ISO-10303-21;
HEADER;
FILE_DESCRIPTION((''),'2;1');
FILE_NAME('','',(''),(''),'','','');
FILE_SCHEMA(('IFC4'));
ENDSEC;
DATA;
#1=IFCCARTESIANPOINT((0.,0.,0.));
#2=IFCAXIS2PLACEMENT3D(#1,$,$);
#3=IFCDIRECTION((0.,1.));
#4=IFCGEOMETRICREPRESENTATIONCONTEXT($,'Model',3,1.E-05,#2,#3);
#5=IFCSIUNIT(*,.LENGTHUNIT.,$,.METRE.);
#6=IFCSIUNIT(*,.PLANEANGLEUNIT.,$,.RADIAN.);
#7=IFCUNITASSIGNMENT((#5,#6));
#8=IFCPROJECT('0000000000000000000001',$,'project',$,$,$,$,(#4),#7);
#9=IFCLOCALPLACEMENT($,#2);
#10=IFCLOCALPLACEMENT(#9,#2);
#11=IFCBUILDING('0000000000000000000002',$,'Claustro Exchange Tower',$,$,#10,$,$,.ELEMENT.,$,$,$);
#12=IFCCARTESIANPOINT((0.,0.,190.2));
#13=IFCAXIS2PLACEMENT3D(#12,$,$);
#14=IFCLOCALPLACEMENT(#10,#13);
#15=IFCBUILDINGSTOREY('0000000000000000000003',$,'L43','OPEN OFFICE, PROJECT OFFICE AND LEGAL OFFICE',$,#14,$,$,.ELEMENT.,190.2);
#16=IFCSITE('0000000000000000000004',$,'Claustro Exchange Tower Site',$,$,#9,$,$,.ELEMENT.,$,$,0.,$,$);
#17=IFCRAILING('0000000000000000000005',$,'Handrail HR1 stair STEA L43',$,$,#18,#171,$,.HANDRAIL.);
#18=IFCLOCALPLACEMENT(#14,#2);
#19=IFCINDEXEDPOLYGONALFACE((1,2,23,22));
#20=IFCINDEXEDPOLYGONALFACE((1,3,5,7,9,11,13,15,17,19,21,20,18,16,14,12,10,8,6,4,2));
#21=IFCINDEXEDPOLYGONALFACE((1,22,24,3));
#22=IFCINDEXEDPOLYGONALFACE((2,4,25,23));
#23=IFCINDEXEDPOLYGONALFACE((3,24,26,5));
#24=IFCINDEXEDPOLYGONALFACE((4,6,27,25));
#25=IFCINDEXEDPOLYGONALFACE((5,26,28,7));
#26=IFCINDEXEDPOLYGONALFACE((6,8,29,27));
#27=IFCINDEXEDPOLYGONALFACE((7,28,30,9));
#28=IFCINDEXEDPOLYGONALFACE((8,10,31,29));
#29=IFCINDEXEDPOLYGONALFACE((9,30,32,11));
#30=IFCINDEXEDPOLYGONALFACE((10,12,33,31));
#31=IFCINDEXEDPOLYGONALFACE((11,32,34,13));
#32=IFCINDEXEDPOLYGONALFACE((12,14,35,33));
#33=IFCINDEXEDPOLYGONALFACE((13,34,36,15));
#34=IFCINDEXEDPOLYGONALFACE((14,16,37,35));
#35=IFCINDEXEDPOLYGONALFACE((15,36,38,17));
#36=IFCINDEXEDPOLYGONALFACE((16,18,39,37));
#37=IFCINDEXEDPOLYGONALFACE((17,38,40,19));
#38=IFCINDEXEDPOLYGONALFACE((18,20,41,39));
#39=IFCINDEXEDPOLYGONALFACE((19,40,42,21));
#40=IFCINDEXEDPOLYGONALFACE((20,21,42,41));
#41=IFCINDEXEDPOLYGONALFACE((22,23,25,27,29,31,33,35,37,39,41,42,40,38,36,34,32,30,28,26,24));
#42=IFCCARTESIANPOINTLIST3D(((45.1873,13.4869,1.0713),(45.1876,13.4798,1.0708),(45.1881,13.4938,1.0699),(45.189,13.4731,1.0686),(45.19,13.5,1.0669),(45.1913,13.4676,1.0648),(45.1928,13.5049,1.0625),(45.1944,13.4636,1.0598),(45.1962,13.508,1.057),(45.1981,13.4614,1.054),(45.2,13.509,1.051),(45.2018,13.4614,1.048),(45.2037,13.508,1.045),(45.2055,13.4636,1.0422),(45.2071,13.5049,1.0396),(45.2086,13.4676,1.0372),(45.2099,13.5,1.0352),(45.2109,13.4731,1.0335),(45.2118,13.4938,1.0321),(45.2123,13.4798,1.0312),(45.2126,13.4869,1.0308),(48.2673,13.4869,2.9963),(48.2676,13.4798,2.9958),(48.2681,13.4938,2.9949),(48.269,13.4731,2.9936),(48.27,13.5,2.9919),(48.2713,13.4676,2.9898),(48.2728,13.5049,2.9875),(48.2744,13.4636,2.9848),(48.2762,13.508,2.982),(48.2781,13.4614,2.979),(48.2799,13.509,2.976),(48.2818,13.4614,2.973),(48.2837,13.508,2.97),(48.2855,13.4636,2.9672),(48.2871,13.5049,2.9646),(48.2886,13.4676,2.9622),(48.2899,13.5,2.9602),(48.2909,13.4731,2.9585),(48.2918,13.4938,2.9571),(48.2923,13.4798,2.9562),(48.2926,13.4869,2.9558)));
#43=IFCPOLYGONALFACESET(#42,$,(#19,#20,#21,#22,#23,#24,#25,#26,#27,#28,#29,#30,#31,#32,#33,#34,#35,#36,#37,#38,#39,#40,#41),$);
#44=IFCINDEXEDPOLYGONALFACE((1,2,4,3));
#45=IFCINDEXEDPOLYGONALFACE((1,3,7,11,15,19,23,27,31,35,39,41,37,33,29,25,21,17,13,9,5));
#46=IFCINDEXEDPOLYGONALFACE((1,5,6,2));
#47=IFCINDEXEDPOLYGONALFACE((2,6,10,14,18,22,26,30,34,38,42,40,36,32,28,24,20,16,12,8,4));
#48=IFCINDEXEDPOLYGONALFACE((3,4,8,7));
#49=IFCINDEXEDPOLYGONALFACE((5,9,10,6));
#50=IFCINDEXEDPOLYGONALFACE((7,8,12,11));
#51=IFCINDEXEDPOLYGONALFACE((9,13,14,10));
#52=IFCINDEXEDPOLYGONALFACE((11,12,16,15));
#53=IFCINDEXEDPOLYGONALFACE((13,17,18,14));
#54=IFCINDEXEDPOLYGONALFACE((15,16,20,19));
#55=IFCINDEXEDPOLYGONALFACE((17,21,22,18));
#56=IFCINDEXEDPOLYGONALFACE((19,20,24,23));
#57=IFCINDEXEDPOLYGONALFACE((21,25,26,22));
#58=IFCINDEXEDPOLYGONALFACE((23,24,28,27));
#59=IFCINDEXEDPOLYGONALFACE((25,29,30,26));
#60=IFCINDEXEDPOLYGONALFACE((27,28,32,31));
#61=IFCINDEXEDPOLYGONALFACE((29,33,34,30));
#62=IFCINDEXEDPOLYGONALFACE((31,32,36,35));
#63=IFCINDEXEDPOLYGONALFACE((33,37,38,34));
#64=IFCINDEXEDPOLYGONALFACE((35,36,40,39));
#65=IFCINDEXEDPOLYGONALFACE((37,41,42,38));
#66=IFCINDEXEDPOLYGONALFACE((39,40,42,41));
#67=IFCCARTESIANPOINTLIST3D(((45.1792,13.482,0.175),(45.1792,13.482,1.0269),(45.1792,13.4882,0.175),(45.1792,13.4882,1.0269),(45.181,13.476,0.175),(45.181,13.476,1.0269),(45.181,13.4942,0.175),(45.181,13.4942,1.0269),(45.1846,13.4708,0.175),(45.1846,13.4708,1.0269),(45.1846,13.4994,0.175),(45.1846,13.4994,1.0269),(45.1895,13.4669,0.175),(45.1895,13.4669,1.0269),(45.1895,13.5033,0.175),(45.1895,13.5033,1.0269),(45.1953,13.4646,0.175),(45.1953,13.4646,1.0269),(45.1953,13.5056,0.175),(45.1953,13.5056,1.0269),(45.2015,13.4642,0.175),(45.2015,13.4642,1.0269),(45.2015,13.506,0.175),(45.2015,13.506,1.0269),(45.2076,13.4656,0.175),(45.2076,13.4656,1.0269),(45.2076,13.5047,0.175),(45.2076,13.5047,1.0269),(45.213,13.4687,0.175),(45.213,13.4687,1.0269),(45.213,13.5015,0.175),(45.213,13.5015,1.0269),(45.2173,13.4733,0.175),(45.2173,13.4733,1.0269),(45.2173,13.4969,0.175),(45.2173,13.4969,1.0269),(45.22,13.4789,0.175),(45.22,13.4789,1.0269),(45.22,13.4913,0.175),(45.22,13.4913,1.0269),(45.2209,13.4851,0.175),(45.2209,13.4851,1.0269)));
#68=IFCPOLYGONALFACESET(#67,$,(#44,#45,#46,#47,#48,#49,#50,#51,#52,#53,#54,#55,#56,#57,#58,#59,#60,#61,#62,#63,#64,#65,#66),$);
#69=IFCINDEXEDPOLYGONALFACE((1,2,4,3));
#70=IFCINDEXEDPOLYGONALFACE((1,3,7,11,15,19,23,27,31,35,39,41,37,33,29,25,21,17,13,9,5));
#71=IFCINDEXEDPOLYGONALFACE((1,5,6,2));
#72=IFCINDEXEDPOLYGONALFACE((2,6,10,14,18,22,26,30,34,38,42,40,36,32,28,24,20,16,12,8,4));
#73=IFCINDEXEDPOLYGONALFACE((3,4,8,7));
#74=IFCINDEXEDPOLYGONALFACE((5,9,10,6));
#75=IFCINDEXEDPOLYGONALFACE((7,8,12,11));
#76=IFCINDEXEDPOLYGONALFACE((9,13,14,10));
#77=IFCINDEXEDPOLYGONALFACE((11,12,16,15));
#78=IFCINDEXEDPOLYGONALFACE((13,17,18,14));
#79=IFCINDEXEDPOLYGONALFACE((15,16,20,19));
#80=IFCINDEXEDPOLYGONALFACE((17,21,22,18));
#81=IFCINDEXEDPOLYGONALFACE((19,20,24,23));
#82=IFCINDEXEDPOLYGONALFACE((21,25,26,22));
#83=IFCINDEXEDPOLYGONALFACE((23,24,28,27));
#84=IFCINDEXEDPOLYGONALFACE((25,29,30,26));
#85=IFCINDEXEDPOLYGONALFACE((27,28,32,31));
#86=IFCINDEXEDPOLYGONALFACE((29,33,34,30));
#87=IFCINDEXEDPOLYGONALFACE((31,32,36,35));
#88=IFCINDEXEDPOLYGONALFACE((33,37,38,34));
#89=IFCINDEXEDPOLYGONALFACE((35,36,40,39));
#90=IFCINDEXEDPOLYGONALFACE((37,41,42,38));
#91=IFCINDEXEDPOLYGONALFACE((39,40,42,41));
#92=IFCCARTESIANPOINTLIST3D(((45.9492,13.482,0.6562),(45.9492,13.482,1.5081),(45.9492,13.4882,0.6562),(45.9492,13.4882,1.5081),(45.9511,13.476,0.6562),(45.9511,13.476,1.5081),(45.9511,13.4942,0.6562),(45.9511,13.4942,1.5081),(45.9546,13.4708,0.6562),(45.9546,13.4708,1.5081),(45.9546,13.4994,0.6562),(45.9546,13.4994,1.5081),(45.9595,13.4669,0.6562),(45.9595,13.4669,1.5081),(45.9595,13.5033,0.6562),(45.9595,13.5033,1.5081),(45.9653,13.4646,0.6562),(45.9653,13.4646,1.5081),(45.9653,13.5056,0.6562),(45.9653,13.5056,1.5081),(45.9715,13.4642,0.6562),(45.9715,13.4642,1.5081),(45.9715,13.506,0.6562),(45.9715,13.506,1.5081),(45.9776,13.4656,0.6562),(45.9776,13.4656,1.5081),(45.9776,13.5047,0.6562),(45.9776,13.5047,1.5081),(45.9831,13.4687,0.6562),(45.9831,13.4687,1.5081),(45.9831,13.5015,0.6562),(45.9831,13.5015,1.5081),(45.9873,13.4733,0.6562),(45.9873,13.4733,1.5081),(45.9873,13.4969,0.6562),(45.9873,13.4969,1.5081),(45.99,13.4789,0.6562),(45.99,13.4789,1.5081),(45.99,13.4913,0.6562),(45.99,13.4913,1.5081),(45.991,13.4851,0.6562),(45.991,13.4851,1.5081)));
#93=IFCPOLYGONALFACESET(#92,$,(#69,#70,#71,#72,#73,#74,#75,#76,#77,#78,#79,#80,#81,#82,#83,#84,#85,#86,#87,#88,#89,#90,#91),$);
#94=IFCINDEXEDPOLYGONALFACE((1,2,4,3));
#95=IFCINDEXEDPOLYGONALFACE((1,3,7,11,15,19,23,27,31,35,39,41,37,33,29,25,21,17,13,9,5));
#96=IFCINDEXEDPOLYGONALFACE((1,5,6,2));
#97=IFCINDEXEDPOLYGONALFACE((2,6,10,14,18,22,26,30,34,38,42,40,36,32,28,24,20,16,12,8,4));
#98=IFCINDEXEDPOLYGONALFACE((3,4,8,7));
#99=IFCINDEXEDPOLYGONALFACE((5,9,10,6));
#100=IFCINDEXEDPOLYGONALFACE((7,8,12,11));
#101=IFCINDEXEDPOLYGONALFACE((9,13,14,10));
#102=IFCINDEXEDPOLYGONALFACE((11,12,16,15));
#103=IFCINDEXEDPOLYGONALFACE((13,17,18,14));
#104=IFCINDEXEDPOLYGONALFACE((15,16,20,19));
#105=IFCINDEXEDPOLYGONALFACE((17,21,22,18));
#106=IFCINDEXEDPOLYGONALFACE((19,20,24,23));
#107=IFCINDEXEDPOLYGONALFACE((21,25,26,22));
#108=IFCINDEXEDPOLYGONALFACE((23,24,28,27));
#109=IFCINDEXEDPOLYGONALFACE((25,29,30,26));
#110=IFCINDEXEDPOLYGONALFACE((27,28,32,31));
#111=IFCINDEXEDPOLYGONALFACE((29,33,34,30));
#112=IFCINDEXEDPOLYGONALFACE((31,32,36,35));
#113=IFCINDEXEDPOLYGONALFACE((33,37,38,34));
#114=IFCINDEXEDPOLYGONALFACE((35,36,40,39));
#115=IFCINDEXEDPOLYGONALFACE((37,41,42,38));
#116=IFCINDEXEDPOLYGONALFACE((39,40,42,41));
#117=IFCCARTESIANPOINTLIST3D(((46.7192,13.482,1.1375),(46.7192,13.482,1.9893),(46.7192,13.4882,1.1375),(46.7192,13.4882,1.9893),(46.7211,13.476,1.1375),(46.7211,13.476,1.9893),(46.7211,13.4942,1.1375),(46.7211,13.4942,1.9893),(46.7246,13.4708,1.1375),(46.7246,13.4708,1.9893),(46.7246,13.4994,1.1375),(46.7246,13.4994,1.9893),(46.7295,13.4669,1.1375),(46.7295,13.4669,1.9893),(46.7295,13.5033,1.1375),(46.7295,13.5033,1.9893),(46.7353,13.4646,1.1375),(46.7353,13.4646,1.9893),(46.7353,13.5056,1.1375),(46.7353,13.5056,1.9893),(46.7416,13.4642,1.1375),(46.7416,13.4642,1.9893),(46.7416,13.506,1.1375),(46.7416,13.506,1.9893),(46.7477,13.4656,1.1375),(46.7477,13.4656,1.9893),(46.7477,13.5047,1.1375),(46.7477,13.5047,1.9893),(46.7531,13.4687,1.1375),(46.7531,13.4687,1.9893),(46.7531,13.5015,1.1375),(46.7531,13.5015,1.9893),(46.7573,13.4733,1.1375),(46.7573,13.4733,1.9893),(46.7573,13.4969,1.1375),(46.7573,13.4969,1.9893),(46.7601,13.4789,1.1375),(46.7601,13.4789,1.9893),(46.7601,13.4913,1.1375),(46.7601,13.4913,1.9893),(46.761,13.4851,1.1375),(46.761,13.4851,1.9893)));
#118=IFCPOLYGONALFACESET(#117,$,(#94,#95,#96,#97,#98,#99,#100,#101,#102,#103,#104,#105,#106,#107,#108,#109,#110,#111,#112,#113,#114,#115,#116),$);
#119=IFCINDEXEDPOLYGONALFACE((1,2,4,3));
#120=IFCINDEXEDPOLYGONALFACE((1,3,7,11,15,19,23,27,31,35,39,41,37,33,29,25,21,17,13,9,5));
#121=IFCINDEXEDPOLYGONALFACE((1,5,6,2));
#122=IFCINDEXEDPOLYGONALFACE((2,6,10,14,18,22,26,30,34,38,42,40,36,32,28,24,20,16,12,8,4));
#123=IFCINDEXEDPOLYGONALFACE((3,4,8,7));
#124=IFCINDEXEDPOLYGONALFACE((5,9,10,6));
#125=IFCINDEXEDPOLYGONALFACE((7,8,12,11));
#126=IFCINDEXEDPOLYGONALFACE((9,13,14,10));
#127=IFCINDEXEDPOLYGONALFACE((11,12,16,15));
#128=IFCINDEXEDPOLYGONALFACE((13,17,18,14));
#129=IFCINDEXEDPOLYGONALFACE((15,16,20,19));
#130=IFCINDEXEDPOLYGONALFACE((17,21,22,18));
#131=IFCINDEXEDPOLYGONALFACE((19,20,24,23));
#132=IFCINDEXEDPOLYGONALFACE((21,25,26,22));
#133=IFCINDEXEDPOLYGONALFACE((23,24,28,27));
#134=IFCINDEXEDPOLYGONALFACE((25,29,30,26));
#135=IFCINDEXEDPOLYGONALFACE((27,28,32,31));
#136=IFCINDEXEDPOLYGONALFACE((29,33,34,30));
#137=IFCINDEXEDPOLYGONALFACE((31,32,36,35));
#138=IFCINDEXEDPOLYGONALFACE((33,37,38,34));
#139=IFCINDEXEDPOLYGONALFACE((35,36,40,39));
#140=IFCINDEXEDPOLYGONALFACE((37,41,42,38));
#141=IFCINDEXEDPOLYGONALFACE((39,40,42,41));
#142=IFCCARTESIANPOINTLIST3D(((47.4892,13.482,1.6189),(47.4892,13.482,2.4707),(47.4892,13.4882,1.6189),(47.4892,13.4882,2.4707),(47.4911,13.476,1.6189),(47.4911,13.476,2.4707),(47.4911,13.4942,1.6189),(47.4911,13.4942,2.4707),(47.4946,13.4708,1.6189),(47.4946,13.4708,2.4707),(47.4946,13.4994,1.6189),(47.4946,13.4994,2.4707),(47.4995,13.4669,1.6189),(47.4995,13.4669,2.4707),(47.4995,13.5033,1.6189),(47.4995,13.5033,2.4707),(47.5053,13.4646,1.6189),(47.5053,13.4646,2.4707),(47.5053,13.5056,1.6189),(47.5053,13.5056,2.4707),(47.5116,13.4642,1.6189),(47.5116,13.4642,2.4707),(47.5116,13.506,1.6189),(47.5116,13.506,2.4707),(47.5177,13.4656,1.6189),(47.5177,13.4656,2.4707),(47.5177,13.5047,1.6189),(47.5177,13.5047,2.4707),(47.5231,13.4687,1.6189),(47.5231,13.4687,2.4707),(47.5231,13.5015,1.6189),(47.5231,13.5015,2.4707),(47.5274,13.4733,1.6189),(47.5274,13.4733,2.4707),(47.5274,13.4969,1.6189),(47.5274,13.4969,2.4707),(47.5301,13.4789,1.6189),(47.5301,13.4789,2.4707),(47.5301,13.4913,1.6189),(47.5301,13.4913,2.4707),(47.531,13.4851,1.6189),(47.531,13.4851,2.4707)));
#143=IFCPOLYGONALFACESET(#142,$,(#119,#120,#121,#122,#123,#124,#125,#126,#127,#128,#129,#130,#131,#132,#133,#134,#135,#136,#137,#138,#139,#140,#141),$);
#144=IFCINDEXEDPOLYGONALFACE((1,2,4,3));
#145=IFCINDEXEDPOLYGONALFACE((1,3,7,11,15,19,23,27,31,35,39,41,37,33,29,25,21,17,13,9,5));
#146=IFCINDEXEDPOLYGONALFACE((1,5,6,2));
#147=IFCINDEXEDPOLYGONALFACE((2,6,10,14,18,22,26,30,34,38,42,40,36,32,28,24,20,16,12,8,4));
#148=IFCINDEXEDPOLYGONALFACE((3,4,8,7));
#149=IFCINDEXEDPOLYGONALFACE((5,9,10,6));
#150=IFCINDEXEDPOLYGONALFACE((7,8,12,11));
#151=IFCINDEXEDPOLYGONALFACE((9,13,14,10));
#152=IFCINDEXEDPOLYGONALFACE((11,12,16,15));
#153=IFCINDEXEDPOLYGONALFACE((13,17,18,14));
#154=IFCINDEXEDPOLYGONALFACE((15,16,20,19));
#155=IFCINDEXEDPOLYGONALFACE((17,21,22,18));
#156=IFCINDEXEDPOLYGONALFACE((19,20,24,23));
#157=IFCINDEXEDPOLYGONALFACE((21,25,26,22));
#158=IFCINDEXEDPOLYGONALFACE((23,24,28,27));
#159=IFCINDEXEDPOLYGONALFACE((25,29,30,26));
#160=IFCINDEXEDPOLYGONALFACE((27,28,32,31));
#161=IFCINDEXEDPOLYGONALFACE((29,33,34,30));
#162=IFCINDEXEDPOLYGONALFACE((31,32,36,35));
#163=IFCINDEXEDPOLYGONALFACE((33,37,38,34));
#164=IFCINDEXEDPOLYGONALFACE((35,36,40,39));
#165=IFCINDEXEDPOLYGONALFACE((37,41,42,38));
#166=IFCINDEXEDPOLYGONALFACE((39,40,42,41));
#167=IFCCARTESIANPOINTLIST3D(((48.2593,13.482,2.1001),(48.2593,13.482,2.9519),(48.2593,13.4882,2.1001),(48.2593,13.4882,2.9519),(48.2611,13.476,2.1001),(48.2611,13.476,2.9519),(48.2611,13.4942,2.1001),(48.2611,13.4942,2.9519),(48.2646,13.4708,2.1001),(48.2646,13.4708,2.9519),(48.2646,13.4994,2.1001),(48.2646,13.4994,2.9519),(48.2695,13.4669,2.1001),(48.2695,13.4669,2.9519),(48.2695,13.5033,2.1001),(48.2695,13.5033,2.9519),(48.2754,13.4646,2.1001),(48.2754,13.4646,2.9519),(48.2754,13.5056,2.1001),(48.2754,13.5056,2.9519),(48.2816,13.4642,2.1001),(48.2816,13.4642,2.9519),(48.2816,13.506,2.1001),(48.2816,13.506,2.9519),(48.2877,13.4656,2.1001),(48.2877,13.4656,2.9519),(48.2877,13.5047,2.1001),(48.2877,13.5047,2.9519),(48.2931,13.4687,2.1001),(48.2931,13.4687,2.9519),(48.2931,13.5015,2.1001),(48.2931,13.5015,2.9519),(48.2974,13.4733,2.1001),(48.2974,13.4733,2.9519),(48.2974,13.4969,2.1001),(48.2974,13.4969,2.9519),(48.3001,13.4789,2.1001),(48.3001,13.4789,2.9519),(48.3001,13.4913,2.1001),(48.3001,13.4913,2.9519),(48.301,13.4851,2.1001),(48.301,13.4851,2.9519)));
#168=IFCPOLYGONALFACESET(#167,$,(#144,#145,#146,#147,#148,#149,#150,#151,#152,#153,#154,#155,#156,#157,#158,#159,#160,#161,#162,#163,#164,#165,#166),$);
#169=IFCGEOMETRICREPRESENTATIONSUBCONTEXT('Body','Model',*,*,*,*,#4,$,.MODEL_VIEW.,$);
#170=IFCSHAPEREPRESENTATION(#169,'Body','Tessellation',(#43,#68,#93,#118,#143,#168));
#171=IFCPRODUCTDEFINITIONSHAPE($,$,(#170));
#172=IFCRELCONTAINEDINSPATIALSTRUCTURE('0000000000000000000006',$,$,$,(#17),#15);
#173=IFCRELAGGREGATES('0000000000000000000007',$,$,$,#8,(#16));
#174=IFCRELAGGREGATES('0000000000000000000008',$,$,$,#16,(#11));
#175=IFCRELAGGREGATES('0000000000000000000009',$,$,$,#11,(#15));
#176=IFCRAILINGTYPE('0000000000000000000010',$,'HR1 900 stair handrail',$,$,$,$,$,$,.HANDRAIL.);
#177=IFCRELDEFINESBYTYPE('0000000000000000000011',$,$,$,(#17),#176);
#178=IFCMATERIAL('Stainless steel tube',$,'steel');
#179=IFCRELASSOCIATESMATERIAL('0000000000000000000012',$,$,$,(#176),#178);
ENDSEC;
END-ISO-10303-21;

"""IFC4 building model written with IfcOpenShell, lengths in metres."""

from ifc_helpers import new_model, si_unit, direction, frame, origin, origin_2d, place, context, subcontext, project, spatial, circle, extrude, material, type_object, element, save


model = new_model("IFC4")

# Units and contexts
model_context = context("Model", 3, precision=1e-05, world=origin(), true_north=direction((0.0, 1.0)))
body_context = subcontext(model_context, "Body", "Model", "MODEL_VIEW")
ifc_project = project(units=[si_unit("LENGTHUNIT", "METRE"), si_unit("PLANEANGLEUNIT", "RADIAN")], contexts=[model_context])

# Site, building, storey
site_placement = place(None, origin())
site = spatial("IfcSite", under=ifc_project, at=site_placement, Name="Claustro Exchange Tower Site", CompositionType="ELEMENT", RefElevation=0.0)
building_placement = place(site_placement, origin())
building = spatial("IfcBuilding", under=site, at=building_placement, Name="Claustro Exchange Tower", CompositionType="ELEMENT")
storey_placement = place(building_placement, frame((0.0, 0.0, 190.2)))
storey = spatial("IfcBuildingStorey", under=building, at=storey_placement, Name="L43", Description="OPEN OFFICE, PROJECT OFFICE AND LEGAL OFFICE", CompositionType="ELEMENT", Elevation=190.2)

# Railing
ifc_material_1 = material(Name="Stainless steel tube", Category="steel")
railing_type_1 = type_object("IfcRailingType", Name="HR1 900 stair handrail", PredefinedType="HANDRAIL", material=ifc_material_1)
railing_1_placement = place(storey_placement, frame((45.2, 13.4851, 0.175)))
element("IfcRailing", 1, at=railing_1_placement, inside=storey, type_object=railing_type_1, Name="Handrail HR1 stair STEA L43", PredefinedType="HANDRAIL", context=body_context, shape_type="SweptSolid", body=[
    extrude(circle(Radius=0.0239, at=origin_2d()), frame((0.0, 0.0, 0.876), z_axis=(0.847998, 0.0, 0.529999), x_axis=(0.0, 1.0, 0.0)), (0.0, 0.0, 1.0), 3.6321),
    extrude(circle(Radius=0.021, at=origin_2d()), origin(), (0.0, 0.0, 1.0), 0.8518),
    extrude(circle(Radius=0.021, at=origin_2d()), frame((0.77, 0.0, 0.4812)), (0.0, 0.0, 1.0), 0.8518),
    extrude(circle(Radius=0.021, at=origin_2d()), frame((1.54, 0.0, 0.9624)), (0.0, 0.0, 1.0), 0.8518),
    extrude(circle(Radius=0.021, at=origin_2d()), frame((2.3101, 0.0, 1.4438)), (0.0, 0.0, 1.0), 0.8518),
    extrude(circle(Radius=0.021, at=origin_2d()), frame((3.0801, 0.0, 1.925)), (0.0, 0.0, 1.0), 0.8518),
])

save(model, "model.ifc")
